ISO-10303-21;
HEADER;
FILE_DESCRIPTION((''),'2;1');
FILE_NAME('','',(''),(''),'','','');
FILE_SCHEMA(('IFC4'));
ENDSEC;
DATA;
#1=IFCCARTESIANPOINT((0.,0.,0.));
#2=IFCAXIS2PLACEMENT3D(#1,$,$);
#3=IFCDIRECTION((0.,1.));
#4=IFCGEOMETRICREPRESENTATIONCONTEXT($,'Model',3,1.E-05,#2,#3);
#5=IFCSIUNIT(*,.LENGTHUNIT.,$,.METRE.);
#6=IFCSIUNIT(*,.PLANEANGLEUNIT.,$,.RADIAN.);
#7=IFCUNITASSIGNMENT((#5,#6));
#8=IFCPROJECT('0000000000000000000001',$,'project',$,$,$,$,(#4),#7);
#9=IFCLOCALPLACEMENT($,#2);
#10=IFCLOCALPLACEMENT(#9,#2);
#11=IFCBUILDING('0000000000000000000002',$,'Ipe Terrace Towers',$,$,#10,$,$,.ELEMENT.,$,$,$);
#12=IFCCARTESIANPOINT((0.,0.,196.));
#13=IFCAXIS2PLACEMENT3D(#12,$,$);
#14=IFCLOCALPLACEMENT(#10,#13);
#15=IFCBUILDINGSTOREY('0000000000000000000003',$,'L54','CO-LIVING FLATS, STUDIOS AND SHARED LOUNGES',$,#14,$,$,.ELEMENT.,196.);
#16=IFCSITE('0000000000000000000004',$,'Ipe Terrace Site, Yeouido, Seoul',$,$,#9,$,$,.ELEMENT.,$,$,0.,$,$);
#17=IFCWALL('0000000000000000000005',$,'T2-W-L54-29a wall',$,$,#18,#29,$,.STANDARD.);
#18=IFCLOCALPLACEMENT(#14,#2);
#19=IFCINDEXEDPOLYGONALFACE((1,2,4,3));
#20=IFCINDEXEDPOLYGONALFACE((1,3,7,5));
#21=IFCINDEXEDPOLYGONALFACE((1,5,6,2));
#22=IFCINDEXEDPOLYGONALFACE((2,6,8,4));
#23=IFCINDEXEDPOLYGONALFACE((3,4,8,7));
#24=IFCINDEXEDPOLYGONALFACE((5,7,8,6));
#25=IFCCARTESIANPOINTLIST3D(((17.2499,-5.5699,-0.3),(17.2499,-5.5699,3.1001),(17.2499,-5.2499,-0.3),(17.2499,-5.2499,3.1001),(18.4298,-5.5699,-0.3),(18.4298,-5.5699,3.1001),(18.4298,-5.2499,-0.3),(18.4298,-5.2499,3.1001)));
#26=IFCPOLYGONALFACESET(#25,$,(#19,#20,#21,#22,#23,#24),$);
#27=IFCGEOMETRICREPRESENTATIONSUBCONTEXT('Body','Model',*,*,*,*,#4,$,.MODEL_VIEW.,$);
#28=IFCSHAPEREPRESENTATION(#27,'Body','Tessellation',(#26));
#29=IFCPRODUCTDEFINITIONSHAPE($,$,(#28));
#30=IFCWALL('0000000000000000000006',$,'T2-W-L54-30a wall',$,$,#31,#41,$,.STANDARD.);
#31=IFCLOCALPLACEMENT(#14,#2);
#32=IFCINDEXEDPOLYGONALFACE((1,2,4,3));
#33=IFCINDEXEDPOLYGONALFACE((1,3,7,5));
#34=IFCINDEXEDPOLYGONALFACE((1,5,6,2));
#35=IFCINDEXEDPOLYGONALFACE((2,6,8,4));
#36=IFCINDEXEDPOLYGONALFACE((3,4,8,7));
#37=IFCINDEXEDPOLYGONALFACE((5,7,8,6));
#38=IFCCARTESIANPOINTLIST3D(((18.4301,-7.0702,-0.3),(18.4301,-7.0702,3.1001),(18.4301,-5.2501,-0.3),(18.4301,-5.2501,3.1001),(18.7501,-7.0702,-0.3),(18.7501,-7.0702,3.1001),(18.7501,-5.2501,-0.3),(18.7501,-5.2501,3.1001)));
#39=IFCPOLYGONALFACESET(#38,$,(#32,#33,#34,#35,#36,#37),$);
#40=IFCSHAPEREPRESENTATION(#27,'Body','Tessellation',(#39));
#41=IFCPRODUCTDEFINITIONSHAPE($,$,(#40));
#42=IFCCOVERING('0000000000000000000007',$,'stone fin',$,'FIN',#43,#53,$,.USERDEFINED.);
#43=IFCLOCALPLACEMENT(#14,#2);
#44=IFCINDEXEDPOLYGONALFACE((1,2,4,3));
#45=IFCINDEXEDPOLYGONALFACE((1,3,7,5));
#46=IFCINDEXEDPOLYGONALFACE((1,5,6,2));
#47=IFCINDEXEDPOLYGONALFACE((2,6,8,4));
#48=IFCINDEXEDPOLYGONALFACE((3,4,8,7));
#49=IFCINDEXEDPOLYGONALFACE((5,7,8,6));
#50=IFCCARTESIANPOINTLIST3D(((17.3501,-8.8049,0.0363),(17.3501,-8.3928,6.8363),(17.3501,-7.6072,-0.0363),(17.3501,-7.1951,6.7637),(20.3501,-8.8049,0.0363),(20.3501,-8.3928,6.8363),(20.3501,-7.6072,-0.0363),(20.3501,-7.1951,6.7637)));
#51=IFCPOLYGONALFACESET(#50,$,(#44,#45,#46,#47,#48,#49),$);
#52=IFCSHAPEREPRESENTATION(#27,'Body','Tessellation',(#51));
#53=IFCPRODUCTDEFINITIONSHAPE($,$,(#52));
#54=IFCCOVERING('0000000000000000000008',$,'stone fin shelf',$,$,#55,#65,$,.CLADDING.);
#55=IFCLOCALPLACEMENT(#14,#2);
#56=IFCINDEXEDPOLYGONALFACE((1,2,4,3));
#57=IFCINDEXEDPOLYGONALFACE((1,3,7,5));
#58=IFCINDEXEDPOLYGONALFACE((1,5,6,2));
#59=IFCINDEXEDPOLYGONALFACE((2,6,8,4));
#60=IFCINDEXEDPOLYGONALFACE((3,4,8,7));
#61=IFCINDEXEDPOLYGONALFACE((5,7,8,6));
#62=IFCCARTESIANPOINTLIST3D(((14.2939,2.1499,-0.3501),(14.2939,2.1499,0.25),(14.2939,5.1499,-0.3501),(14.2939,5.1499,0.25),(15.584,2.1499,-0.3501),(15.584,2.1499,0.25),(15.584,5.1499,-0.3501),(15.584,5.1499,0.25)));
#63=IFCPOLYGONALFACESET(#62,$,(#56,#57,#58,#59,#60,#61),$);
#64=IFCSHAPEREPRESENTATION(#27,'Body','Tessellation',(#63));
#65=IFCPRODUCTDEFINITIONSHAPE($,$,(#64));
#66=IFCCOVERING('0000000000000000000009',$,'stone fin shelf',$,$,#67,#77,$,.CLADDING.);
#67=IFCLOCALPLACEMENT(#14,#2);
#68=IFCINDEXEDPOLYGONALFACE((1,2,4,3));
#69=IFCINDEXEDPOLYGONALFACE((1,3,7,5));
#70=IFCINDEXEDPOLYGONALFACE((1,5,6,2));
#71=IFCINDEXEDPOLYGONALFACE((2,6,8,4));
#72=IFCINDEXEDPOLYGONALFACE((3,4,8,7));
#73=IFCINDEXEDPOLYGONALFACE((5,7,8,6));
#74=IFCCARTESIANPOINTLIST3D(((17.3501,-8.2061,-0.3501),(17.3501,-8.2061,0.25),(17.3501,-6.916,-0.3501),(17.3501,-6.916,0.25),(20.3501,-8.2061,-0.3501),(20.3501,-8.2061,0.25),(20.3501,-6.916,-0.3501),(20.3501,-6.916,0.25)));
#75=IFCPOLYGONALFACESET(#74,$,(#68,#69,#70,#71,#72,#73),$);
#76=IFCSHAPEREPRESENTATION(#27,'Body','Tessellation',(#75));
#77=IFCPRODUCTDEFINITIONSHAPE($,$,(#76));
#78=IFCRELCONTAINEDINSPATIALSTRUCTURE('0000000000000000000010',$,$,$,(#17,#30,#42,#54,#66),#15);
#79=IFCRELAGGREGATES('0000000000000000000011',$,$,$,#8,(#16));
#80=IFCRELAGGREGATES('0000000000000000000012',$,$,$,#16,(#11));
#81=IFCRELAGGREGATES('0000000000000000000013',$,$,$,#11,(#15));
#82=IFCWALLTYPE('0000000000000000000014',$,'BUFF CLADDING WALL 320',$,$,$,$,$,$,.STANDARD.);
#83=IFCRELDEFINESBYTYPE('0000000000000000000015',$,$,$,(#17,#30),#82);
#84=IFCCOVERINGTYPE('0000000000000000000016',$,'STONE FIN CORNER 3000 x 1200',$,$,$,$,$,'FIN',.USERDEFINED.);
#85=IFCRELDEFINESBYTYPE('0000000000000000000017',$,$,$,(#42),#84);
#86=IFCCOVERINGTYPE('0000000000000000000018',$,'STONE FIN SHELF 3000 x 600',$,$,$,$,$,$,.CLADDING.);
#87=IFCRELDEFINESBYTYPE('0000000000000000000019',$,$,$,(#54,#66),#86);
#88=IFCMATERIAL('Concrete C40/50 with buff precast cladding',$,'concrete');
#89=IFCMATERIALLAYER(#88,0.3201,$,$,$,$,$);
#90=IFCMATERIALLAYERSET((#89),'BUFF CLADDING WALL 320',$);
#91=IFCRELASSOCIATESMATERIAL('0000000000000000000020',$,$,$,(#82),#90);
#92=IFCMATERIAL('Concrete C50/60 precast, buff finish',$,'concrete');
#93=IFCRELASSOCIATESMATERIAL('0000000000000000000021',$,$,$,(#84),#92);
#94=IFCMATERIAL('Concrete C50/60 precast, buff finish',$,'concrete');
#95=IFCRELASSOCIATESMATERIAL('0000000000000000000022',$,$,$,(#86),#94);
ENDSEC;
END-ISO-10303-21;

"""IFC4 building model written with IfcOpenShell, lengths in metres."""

from ifc_helpers import new_model, si_unit, direction, frame, frame_2d, origin, origin_2d, place, context, subcontext, project, spatial, rectangle, extrude, material, layer, layer_set, material_profile, profile_set, type_object, element, save


model = new_model("IFC4")

# Units and contexts
model_context = context("Model", 3, precision=1e-05, world=origin(), true_north=direction((0.0, 1.0)))
body_context = subcontext(model_context, "Body", "Model", "MODEL_VIEW")
ifc_project = project(units=[si_unit("LENGTHUNIT", "METRE"), si_unit("PLANEANGLEUNIT", "RADIAN")], contexts=[model_context])

# Site, building, storey
site_placement = place(None, origin())
site = spatial("IfcSite", under=ifc_project, at=site_placement, Name="Ipe Terrace Site, Yeouido, Seoul", CompositionType="ELEMENT", RefElevation=0.0)
building_placement = place(site_placement, origin())
building = spatial("IfcBuilding", under=site, at=building_placement, Name="Ipe Terrace Towers", CompositionType="ELEMENT")
storey_placement = place(building_placement, frame((0.0, 0.0, 196.0)))
storey = spatial("IfcBuildingStorey", under=building, at=storey_placement, Name="L54", Description="CO-LIVING FLATS, STUDIOS AND SHARED LOUNGES", CompositionType="ELEMENT", Elevation=196.0)

# Shared definitions
ifc_material_1 = material(Name="Concrete C40/50 with buff precast cladding", Category="concrete")
ifc_layer_1 = layer(ifc_material_1, 0.3201)
ifc_layer_set_1 = layer_set([ifc_layer_1], Name="BUFF CLADDING WALL 320")
wall_type = type_object("IfcWallType", Name="BUFF CLADDING WALL 320", PredefinedType="STANDARD", material=ifc_layer_set_1)

# Walls
wall_1_placement = place(storey_placement, frame((17.25, -5.4099, -0.3), z_axis=(0.0, 0.0, 1.0), x_axis=(1.0, 0.0, 0.0)))
element("IfcWall", 1, at=wall_1_placement, inside=storey, type_object=wall_type, Name="T2-W-L54-29a wall", PredefinedType="STANDARD", context=body_context, shape_type="SweptSolid", body=[
    extrude(rectangle(XDim=1.1799, YDim=0.3201, at=frame_2d((0.5898, 0.0))), origin(), (0.0, 0.0, 1.0), 3.4001),
])
wall_2_placement = place(storey_placement, frame((18.5901, -5.25, -0.3), z_axis=(0.0, 0.0, 1.0), x_axis=(0.0, -1.0, 0.0)))
element("IfcWall", 2, at=wall_2_placement, inside=storey, type_object=wall_type, Name="T2-W-L54-30a wall", PredefinedType="STANDARD", context=body_context, shape_type="SweptSolid", body=[
    extrude(rectangle(XDim=1.8201, YDim=0.3201, at=frame_2d((0.9102, 0.0))), origin(), (0.0, 0.0, 1.0), 3.4001),
])

# Coverings
ifc_material_2 = material(Name="Concrete C50/60 precast, buff finish", Category="concrete")
ifc_material_profile_1 = material_profile(ifc_material_2, rectangle(XDim=3.0, YDim=1.2, at=origin_2d()), Name="STONE FIN CORNER 3000 x 1200")
ifc_profile_set_1 = profile_set([ifc_material_profile_1], Name="Concrete C50/60 precast, buff finish")
covering_type_1 = type_object("IfcCoveringType", Name="STONE FIN CORNER 3000 x 1200", ElementType="FIN", PredefinedType="USERDEFINED", material=ifc_profile_set_1)
covering_placement = place(storey_placement, frame((18.8501, -8.2061, 0.0), z_axis=(0.0, 0.060493, 0.998169), x_axis=(1.0, 0.0, 0.0)))
element("IfcCovering", 3, at=covering_placement, inside=storey, type_object=covering_type_1, Name="stone fin", ObjectType="FIN", PredefinedType="USERDEFINED", context=body_context, shape_type="SweptSolid", body=[
    extrude(rectangle(XDim=3.0, YDim=1.2, at=origin_2d()), origin(), (0.0, 0.0, 1.0), 6.8125),
])
ifc_material_3 = material(Name="Concrete C50/60 precast, buff finish", Category="concrete")
covering_type_2 = type_object("IfcCoveringType", Name="STONE FIN SHELF 3000 x 600", PredefinedType="CLADDING", material=ifc_material_3)
for number, where, z_axis, x_axis, name in (
    (4, (14.939, 3.6499, -0.3501), (0.0, 0.0, 1.0), (0.0, -1.0, 0.0), "stone fin shelf"),
    (5, (18.8501, -7.561, -0.3501), (0.0, 0.0, 1.0), (1.0, 0.0, 0.0), "stone fin shelf"),
):
    element("IfcCovering", number, at=place(storey_placement, frame(where, z_axis=z_axis, x_axis=x_axis)), inside=storey, type_object=covering_type_2, Name=name, PredefinedType="CLADDING", context=body_context, shape_type="SweptSolid", body=[
        extrude(rectangle(XDim=3.0, YDim=1.29, at=origin_2d()), origin(), (0.0, 0.0, 1.0), 0.6001),
    ])

save(model, "model.ifc")
